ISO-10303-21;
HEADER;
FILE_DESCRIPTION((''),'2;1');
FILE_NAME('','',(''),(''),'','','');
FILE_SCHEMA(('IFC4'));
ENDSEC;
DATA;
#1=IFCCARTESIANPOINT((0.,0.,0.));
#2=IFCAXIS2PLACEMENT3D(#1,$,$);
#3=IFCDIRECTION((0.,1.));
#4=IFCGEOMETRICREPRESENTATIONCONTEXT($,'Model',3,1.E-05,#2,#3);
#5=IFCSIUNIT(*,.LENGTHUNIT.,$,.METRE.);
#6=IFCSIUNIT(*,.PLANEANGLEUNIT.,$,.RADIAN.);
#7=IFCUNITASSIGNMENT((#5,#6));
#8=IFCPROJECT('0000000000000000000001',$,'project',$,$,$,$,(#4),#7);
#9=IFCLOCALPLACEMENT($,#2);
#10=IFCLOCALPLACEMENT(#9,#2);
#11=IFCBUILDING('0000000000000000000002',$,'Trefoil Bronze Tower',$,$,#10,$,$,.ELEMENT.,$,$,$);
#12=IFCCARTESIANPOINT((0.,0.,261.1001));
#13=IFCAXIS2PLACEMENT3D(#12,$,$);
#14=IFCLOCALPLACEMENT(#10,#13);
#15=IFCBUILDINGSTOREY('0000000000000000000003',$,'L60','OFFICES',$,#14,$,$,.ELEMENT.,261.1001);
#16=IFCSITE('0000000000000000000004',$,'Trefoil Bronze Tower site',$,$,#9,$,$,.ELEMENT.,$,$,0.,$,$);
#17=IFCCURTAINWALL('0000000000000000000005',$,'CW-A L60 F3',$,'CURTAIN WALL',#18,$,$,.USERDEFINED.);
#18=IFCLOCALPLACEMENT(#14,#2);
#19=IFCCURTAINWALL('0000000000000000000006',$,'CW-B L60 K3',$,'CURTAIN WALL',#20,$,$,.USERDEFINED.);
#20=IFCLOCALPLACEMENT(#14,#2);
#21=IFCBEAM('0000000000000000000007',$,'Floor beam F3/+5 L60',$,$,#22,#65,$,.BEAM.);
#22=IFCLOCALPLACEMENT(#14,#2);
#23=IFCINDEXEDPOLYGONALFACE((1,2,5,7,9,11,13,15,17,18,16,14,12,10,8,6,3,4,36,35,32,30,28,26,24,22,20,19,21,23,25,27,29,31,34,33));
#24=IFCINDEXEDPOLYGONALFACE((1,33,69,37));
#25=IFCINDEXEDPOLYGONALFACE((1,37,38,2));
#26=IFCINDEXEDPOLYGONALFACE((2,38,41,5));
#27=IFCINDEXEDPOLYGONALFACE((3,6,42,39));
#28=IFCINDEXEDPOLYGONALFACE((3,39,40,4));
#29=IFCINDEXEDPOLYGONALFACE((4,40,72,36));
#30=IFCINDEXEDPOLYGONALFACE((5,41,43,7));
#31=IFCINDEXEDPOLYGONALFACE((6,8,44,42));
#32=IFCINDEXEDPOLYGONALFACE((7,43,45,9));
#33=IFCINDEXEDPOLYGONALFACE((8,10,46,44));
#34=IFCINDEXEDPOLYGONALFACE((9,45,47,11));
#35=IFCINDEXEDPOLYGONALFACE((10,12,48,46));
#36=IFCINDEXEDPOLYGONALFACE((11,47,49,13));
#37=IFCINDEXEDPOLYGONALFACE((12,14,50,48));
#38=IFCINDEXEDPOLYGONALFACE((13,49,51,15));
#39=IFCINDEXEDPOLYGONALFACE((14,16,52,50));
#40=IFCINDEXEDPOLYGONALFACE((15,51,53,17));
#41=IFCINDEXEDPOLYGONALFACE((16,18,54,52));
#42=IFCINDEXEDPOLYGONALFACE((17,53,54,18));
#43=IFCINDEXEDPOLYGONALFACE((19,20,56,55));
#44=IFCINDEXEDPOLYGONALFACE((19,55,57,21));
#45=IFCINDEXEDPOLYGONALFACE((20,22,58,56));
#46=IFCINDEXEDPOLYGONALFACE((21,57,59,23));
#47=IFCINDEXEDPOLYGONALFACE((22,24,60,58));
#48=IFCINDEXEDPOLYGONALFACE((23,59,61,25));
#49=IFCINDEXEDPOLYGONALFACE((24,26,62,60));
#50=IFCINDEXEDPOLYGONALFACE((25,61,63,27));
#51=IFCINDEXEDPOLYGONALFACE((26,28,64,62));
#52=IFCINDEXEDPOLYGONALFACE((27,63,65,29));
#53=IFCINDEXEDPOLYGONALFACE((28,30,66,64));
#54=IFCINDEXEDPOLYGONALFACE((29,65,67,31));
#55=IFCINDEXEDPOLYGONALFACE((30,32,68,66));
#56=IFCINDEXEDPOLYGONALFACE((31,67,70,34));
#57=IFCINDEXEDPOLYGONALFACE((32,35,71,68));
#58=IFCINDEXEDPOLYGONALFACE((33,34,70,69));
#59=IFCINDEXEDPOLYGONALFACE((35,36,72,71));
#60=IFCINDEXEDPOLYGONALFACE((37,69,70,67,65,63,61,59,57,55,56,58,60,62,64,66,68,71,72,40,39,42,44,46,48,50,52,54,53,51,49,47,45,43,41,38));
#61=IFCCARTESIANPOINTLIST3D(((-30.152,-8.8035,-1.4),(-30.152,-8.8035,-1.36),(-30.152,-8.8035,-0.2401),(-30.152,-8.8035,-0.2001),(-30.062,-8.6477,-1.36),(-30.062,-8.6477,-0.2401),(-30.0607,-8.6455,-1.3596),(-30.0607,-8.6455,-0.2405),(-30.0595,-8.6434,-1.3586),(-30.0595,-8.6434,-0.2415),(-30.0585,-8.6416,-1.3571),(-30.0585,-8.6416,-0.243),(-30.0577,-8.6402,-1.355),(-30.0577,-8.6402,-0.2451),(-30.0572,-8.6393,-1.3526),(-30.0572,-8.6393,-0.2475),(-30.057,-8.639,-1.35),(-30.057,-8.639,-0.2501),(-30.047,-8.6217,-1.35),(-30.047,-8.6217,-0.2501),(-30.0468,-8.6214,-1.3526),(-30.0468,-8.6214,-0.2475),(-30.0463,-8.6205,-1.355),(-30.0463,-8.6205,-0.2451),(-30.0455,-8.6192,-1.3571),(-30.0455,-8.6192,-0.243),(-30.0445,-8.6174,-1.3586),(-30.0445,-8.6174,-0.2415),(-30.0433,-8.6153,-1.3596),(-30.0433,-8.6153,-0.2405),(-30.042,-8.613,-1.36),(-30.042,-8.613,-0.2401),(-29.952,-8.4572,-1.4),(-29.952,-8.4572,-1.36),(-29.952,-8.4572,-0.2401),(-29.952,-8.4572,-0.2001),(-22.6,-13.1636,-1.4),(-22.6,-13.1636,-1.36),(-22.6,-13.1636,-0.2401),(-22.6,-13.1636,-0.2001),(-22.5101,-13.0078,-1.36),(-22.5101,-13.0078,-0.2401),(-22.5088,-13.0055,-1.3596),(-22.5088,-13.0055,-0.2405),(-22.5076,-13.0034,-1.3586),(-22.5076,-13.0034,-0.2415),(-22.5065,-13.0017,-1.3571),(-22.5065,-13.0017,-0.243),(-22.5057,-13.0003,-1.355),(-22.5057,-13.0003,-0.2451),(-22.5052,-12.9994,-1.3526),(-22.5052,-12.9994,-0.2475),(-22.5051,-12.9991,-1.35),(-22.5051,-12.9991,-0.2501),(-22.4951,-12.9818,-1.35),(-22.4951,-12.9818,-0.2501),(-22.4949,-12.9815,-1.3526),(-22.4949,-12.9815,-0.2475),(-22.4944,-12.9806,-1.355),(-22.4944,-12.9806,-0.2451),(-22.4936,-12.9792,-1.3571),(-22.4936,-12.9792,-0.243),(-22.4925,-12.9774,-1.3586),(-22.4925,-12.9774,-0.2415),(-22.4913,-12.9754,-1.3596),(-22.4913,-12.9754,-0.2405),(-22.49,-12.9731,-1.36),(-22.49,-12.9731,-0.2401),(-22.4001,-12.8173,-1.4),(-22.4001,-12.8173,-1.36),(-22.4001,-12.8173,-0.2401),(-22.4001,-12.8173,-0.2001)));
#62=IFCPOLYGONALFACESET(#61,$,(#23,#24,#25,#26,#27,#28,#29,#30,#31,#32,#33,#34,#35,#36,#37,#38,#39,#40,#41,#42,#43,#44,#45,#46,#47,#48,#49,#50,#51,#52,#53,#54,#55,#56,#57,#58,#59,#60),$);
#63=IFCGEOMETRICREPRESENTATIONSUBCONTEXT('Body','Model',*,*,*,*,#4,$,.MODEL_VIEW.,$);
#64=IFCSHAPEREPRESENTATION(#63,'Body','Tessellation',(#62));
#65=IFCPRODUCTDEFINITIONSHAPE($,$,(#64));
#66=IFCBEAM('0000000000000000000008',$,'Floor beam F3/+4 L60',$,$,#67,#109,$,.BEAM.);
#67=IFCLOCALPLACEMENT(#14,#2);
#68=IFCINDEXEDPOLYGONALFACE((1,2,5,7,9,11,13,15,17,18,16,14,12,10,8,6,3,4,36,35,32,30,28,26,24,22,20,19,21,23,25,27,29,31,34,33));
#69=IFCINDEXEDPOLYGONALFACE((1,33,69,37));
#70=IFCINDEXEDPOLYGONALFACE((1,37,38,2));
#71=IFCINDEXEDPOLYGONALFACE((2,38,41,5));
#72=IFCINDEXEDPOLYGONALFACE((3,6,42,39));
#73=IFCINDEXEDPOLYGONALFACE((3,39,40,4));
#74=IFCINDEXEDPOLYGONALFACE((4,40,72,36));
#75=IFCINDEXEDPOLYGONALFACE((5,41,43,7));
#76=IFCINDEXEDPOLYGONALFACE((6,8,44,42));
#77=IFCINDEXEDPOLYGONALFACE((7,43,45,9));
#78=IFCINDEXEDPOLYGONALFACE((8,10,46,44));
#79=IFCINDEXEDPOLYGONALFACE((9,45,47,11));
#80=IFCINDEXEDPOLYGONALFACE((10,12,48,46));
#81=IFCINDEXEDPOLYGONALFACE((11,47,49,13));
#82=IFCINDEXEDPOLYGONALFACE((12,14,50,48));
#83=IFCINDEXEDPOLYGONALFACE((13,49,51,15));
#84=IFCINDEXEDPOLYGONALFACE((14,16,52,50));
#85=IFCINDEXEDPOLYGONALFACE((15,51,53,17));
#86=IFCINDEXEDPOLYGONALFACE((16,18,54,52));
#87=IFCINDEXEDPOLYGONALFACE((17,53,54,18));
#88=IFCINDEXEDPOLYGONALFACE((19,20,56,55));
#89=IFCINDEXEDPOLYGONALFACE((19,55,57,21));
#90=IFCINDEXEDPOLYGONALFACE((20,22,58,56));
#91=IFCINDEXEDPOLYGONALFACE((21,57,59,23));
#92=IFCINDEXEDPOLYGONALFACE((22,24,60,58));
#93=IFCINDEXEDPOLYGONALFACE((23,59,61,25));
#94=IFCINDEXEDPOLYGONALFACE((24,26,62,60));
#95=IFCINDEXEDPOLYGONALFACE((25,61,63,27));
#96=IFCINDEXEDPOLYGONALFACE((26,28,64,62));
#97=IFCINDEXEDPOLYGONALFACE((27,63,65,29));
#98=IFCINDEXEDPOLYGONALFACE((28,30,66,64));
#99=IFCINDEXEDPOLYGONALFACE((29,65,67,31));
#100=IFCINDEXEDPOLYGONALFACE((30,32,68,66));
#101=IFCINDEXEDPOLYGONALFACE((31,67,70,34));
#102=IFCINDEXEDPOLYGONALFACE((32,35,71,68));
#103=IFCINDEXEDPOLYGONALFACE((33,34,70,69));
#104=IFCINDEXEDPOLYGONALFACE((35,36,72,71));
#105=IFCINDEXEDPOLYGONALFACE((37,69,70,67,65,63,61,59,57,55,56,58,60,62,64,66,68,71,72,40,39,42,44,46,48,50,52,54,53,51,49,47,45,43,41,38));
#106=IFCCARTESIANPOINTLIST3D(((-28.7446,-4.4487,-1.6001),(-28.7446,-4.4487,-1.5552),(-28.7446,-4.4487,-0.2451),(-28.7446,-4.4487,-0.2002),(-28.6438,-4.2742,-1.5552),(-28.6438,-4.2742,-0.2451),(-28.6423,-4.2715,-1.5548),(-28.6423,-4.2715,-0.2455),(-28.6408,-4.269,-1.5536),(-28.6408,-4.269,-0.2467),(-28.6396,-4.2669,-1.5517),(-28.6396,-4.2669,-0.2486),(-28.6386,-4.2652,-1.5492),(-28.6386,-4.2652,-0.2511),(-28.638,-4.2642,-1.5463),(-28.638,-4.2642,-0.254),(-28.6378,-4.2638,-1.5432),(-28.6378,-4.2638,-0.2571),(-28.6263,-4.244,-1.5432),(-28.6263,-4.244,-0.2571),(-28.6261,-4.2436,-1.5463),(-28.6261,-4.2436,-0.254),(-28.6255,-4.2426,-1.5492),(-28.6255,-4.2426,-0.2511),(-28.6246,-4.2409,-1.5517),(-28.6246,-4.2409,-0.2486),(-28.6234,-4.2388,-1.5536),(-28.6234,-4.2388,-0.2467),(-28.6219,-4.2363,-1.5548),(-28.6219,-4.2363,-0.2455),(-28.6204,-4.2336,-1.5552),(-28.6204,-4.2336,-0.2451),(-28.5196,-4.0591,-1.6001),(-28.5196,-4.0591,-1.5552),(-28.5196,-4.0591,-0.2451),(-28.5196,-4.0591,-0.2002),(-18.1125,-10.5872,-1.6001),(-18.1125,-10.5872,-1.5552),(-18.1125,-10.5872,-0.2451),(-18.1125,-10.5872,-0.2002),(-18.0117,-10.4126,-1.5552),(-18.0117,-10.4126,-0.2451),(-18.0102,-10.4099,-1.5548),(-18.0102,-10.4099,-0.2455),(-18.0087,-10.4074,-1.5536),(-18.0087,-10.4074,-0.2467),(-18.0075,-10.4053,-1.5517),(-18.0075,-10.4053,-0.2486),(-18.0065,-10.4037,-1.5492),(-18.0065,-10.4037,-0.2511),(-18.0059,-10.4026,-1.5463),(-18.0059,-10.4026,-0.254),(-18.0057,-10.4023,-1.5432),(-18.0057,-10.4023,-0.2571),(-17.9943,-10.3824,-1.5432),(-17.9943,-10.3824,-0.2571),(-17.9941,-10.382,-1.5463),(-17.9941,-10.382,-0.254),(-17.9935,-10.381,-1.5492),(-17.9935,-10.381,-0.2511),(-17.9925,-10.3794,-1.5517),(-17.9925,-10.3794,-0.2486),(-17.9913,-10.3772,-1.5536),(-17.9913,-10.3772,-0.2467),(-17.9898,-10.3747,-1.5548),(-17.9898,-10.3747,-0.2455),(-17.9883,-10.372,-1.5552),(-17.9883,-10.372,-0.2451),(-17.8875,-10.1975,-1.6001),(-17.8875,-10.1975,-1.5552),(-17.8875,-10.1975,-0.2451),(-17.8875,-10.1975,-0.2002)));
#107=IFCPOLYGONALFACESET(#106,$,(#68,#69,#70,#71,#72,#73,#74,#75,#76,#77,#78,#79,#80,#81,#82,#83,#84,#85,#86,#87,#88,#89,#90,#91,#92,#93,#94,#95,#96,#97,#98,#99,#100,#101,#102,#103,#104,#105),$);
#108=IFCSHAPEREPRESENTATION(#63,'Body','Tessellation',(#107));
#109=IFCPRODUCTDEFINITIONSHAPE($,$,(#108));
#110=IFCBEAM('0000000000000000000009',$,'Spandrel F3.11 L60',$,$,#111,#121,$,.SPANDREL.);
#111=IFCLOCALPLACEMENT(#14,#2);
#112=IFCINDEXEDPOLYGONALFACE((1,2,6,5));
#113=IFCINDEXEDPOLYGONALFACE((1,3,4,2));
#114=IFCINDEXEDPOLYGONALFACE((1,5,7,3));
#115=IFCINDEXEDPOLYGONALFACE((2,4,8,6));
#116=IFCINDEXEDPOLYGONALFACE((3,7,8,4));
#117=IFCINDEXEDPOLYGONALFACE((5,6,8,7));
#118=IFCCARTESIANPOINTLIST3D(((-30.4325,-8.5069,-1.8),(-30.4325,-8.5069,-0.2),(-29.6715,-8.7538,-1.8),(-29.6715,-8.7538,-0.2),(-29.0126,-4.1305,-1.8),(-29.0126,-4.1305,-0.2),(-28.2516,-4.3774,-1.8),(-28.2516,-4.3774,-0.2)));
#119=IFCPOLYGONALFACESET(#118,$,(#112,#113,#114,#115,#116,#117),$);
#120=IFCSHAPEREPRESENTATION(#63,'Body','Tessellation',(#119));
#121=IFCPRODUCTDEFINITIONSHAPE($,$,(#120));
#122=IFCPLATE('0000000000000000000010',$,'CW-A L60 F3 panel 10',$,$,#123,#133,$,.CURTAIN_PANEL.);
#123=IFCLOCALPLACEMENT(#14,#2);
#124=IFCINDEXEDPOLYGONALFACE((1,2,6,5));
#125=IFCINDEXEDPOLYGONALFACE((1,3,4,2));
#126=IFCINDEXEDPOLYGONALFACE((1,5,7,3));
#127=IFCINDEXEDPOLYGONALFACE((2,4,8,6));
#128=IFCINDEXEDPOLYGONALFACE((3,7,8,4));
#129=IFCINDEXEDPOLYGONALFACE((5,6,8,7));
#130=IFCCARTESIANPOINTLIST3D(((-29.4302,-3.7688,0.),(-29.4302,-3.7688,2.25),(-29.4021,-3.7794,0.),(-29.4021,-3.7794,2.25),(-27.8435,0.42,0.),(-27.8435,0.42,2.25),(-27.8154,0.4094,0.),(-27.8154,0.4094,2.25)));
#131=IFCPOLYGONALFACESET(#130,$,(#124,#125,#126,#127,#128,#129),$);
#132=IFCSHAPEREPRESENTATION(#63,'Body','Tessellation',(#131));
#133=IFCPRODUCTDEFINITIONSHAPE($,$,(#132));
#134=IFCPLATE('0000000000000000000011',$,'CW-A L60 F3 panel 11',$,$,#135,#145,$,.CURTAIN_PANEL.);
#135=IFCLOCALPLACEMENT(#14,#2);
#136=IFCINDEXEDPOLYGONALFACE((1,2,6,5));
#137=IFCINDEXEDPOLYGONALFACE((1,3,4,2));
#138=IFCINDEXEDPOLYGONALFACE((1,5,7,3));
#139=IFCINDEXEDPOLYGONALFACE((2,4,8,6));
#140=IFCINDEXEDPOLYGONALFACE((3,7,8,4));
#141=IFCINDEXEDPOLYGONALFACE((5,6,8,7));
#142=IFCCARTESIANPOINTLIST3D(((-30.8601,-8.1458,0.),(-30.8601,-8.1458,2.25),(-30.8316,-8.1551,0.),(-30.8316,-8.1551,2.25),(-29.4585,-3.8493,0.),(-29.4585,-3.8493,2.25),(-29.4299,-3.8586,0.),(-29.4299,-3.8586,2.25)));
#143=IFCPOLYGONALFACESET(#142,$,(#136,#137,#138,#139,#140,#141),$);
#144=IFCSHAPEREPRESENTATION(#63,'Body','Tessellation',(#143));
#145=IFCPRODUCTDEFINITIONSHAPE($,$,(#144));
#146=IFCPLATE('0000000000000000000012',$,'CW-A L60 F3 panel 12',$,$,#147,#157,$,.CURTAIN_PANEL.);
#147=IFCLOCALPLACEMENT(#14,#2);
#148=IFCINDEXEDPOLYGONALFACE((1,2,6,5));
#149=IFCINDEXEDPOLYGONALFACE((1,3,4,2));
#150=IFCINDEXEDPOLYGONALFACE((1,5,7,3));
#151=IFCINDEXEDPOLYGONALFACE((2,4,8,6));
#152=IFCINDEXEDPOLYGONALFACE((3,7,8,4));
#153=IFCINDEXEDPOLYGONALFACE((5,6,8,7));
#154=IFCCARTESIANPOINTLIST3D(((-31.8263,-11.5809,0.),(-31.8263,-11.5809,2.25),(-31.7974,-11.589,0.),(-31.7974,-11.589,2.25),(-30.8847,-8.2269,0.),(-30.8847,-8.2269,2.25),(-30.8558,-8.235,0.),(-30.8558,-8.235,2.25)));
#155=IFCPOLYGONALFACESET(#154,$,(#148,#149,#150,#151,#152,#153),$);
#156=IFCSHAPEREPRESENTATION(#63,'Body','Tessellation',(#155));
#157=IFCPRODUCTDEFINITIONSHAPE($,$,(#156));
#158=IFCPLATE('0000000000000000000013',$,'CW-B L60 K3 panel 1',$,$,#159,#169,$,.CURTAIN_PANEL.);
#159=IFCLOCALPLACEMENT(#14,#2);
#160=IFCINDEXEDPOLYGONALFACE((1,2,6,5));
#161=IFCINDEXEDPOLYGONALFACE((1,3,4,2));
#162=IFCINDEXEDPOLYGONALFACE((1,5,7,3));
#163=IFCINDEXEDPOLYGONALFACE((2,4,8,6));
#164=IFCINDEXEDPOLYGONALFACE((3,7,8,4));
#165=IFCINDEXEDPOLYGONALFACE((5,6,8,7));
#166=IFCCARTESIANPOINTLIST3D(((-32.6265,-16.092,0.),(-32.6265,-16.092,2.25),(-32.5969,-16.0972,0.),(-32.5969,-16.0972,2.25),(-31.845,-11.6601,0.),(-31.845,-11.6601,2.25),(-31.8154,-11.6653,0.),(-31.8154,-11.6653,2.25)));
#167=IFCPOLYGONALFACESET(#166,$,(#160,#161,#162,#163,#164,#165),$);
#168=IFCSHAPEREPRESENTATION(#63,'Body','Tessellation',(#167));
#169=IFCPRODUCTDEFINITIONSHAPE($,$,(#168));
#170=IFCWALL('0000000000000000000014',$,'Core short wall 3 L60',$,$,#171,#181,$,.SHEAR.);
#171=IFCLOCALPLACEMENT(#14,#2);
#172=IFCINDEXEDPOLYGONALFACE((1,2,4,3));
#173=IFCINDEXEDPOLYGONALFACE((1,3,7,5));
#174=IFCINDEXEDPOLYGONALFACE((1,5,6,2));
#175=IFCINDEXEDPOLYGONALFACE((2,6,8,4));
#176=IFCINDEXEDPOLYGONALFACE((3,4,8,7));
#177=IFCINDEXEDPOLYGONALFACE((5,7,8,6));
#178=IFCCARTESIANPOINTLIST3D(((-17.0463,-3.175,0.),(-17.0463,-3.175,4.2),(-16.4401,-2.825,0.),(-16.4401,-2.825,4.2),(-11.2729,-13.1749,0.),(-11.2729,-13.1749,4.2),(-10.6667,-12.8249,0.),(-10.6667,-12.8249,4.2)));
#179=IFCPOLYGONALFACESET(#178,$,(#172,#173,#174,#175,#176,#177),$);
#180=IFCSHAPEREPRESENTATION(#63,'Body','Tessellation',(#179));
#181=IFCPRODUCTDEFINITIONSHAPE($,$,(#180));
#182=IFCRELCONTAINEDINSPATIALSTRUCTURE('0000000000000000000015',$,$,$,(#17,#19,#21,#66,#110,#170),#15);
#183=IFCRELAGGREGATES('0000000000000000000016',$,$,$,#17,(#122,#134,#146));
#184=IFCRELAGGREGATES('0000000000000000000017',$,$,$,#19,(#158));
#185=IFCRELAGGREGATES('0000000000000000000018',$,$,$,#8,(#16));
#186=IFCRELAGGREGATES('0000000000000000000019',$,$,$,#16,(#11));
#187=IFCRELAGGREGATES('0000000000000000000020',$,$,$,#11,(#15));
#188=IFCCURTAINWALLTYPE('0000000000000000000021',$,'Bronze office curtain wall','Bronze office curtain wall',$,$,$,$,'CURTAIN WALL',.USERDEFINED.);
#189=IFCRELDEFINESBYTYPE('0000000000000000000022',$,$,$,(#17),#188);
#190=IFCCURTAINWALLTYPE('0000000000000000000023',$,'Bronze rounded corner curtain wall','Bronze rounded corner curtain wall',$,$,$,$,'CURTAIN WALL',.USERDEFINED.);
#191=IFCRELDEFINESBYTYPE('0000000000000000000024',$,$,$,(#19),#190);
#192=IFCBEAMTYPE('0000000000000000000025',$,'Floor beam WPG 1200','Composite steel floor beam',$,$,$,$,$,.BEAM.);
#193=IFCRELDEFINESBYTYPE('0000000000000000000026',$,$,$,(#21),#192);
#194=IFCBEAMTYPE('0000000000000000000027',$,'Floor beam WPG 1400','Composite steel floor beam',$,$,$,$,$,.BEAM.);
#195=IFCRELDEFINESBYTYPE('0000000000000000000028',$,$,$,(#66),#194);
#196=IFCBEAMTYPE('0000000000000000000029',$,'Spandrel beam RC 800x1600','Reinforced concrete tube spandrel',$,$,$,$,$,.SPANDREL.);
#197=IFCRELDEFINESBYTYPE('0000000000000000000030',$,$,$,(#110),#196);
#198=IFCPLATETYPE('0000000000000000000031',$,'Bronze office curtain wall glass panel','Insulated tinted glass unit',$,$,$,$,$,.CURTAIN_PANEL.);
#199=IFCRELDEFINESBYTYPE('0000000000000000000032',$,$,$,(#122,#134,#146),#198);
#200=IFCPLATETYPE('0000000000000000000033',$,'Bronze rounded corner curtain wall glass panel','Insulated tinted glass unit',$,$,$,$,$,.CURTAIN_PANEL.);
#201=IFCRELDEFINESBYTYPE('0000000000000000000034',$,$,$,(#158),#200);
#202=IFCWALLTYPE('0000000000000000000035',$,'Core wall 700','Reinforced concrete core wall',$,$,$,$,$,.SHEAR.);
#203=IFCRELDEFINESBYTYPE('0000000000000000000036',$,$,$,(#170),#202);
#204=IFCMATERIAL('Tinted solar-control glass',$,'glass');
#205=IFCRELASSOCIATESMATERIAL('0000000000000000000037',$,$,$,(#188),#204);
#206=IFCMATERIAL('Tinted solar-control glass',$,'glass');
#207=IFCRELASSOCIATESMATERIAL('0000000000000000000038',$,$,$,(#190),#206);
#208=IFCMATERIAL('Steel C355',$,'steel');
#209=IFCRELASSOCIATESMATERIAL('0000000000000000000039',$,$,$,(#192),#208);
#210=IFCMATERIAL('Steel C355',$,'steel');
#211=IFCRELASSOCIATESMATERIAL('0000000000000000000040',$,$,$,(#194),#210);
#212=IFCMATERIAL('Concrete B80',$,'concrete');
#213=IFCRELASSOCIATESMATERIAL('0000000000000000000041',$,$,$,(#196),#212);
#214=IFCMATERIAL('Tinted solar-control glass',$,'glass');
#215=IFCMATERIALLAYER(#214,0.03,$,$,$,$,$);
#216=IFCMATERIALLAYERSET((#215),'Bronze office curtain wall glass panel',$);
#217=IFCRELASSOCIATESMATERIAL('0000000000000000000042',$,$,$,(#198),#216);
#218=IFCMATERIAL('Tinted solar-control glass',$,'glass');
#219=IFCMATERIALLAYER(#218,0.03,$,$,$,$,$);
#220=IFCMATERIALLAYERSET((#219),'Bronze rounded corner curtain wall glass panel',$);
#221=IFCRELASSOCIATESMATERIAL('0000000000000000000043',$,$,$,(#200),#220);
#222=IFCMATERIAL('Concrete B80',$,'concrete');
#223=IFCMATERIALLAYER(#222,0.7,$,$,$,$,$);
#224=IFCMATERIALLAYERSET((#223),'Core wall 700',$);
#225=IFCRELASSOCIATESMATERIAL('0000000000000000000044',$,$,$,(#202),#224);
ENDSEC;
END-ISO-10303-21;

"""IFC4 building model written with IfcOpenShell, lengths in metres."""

from ifc_helpers import new_model, si_unit, direction, frame, frame_2d, origin, origin_2d, place, context, subcontext, project, spatial, rectangle, i_section, extrude, material, layer, layer_set, material_profile, profile_set, type_object, element, aggregate, save


model = new_model("IFC4")

# Units and contexts
model_context = context("Model", 3, precision=1e-05, world=origin(), true_north=direction((0.0, 1.0)))
body_context = subcontext(model_context, "Body", "Model", "MODEL_VIEW")
ifc_project = project(units=[si_unit("LENGTHUNIT", "METRE"), si_unit("PLANEANGLEUNIT", "RADIAN")], contexts=[model_context])

# Site, building, storey
site_placement = place(None, origin())
site = spatial("IfcSite", under=ifc_project, at=site_placement, Name="Trefoil Bronze Tower site", CompositionType="ELEMENT", RefElevation=0.0)
building_placement = place(site_placement, origin())
building = spatial("IfcBuilding", under=site, at=building_placement, Name="Trefoil Bronze Tower", CompositionType="ELEMENT")
storey_placement = place(building_placement, frame((0.0, 0.0, 261.1001)))
storey = spatial("IfcBuildingStorey", under=building, at=storey_placement, Name="L60", Description="OFFICES", CompositionType="ELEMENT", Elevation=261.1001)

# Curtain walls
ifc_material_1 = material(Name="Tinted solar-control glass", Category="glass")
curtain_wall_type_1 = type_object("IfcCurtainWallType", Name="Bronze office curtain wall", Description="Bronze office curtain wall", ElementType="CURTAIN WALL", PredefinedType="USERDEFINED", material=ifc_material_1)
curtain_wall_1_placement = place(storey_placement, origin())
curtain_wall_1 = element("IfcCurtainWall", 1, at=curtain_wall_1_placement, inside=storey, type_object=curtain_wall_type_1, Name="CW-A L60 F3", ObjectType="CURTAIN WALL", PredefinedType="USERDEFINED")
ifc_material_2 = material(Name="Tinted solar-control glass", Category="glass")
curtain_wall_type_2 = type_object("IfcCurtainWallType", Name="Bronze rounded corner curtain wall", Description="Bronze rounded corner curtain wall", ElementType="CURTAIN WALL", PredefinedType="USERDEFINED", material=ifc_material_2)
curtain_wall_2_placement = place(storey_placement, origin())
curtain_wall_2 = element("IfcCurtainWall", 2, at=curtain_wall_2_placement, inside=storey, type_object=curtain_wall_type_2, Name="CW-B L60 K3", ObjectType="CURTAIN WALL", PredefinedType="USERDEFINED")

# Beams
ifc_material_3 = material(Name="Steel C355", Category="steel")
ifc_material_profile_1 = material_profile(ifc_material_3, i_section(OverallWidth=0.3999, OverallDepth=1.2, WebThickness=0.02, FlangeThickness=0.04, FilletRadius=0.01, at=origin_2d()), Name="WPG 1200")
ifc_profile_set_1 = profile_set([ifc_material_profile_1], Name="Steel C355")
beam_type_1 = type_object("IfcBeamType", Name="Floor beam WPG 1200", Description="Composite steel floor beam", PredefinedType="BEAM", material=ifc_profile_set_1)
beam_1_placement = place(storey_placement, frame((-30.052, -8.6304, -0.8), z_axis=(0.866028, -0.499996, 0.0), x_axis=(0.499996, 0.866028, 0.0)))
element("IfcBeam", 3, at=beam_1_placement, inside=storey, type_object=beam_type_1, Name="Floor beam F3/+5 L60", PredefinedType="BEAM", context=body_context, shape_type="SweptSolid", body=[
    extrude(i_section(OverallWidth=0.3999, OverallDepth=1.2, WebThickness=0.02, FlangeThickness=0.04, FilletRadius=0.01, at=origin_2d()), origin(), (0.0, 0.0, 1.0), 8.7202),
])
ifc_material_4 = material(Name="Steel C355", Category="steel")
ifc_material_profile_2 = material_profile(ifc_material_4, i_section(OverallWidth=0.45, OverallDepth=1.3999, WebThickness=0.0229, FlangeThickness=0.0449, FilletRadius=0.012, at=origin_2d()), Name="WPG 1400")
ifc_profile_set_2 = profile_set([ifc_material_profile_2], Name="Steel C355")
beam_type_2 = type_object("IfcBeamType", Name="Floor beam WPG 1400", Description="Composite steel floor beam", PredefinedType="BEAM", material=ifc_profile_set_2)
beam_2_placement = place(storey_placement, frame((-28.6321, -4.2539, -0.9001), z_axis=(0.866026, -0.5, 0.0), x_axis=(0.5, 0.866026, 0.0)))
element("IfcBeam", 4, at=beam_2_placement, inside=storey, type_object=beam_type_2, Name="Floor beam F3/+4 L60", PredefinedType="BEAM", context=body_context, shape_type="SweptSolid", body=[
    extrude(i_section(OverallWidth=0.45, OverallDepth=1.3999, WebThickness=0.0229, FlangeThickness=0.0449, FilletRadius=0.012, at=origin_2d()), origin(), (0.0, 0.0, 1.0), 12.2769),
])
ifc_material_5 = material(Name="Concrete B80", Category="concrete")
ifc_material_profile_3 = material_profile(ifc_material_5, rectangle(XDim=0.8, YDim=1.6001, at=origin_2d()), Name="RC 800x1600")
ifc_profile_set_3 = profile_set([ifc_material_profile_3], Name="Concrete B80")
beam_type_3 = type_object("IfcBeamType", Name="Spandrel beam RC 800x1600", Description="Reinforced concrete tube spandrel", PredefinedType="SPANDREL", material=ifc_profile_set_3)
beam_3_placement = place(storey_placement, frame((-28.6321, -4.2539, -1.0), z_axis=(-0.308609, -0.951189, 0.0), x_axis=(0.951189, -0.308609, 0.0)))
element("IfcBeam", 5, at=beam_3_placement, inside=storey, type_object=beam_type_3, Name="Spandrel F3.11 L60", PredefinedType="SPANDREL", context=body_context, shape_type="SweptSolid", body=[
    extrude(rectangle(XDim=0.8, YDim=1.6001, at=origin_2d()), origin(), (0.0, 0.0, 1.0), 4.6011),
])

# Plates
ifc_material_6 = material(Name="Tinted solar-control glass", Category="glass")
ifc_layer_1 = layer(ifc_material_6, 0.03)
ifc_layer_set_1 = layer_set([ifc_layer_1], Name="Bronze office curtain wall glass panel")
plate_type_1 = type_object("IfcPlateType", Name="Bronze office curtain wall glass panel", Description="Insulated tinted glass unit", PredefinedType="CURTAIN_PANEL", material=ifc_layer_set_1)
plate_1_placement = place(storey_placement, frame((-28.6228, -1.6797, 0.0), z_axis=(0.0, 0.0, 1.0), x_axis=(-0.354234, -0.935157, 0.0)))
plate_1 = element("IfcPlate", 6, at=plate_1_placement, type_object=plate_type_1, Name="CW-A L60 F3 panel 10", PredefinedType="CURTAIN_PANEL", context=body_context, shape_type="SweptSolid", body=[
    extrude(rectangle(XDim=4.4792, YDim=0.03, at=origin_2d()), origin(), (0.0, 0.0, 1.0), 2.25),
])
plate_2_placement = place(storey_placement, frame((-30.145, -6.0022, 0.0), z_axis=(0.0, 0.0, 1.0), x_axis=(-0.310149, -0.950688, 0.0)))
plate_2 = element("IfcPlate", 7, at=plate_2_placement, type_object=plate_type_1, Name="CW-A L60 F3 panel 11", PredefinedType="CURTAIN_PANEL", context=body_context, shape_type="SweptSolid", body=[
    extrude(rectangle(XDim=4.5193, YDim=0.03, at=origin_2d()), origin(), (0.0, 0.0, 1.0), 2.25),
])
plate_3_placement = place(storey_placement, frame((-31.3411, -9.908, 0.0), z_axis=(0.0, 0.0, 1.0), x_axis=(-0.270282, -0.962781, 0.0)))
plate_3 = element("IfcPlate", 8, at=plate_3_placement, type_object=plate_type_1, Name="CW-A L60 F3 panel 12", PredefinedType="CURTAIN_PANEL", context=body_context, shape_type="SweptSolid", body=[
    extrude(rectangle(XDim=3.4836, YDim=0.03, at=origin_2d()), origin(), (0.0, 0.0, 1.0), 2.25),
])
aggregate(curtain_wall_1, [plate_1, plate_2, plate_3])
ifc_material_7 = material(Name="Tinted solar-control glass", Category="glass")
ifc_layer_2 = layer(ifc_material_7, 0.03)
ifc_layer_set_2 = layer_set([ifc_layer_2], Name="Bronze rounded corner curtain wall glass panel")
plate_type_2 = type_object("IfcPlateType", Name="Bronze rounded corner curtain wall glass panel", Description="Insulated tinted glass unit", PredefinedType="CURTAIN_PANEL", material=ifc_layer_set_2)
plate_4_placement = place(storey_placement, frame((-32.2209, -13.8787, 0.0), z_axis=(0.0, 0.0, 1.0), x_axis=(-0.173648, -0.984808, 0.0)))
plate_4 = element("IfcPlate", 9, at=plate_4_placement, type_object=plate_type_2, Name="CW-B L60 K3 panel 1", PredefinedType="CURTAIN_PANEL", context=body_context, shape_type="SweptSolid", body=[
    extrude(rectangle(XDim=4.5002, YDim=0.03, at=origin_2d()), origin(), (0.0, 0.0, 1.0), 2.25),
])
aggregate(curtain_wall_2, [plate_4])

# Wall
ifc_material_8 = material(Name="Concrete B80", Category="concrete")
ifc_layer_3 = layer(ifc_material_8, 0.7)
ifc_layer_set_3 = layer_set([ifc_layer_3], Name="Core wall 700")
wall_type_1 = type_object("IfcWallType", Name="Core wall 700", Description="Reinforced concrete core wall", PredefinedType="SHEAR", material=ifc_layer_set_3)
wall_1_placement = place(storey_placement, frame((-16.7432, -3.0, 0.0), z_axis=(0.0, 0.0, 1.0), x_axis=(0.499996, -0.866028, 0.0)))
element("IfcWall", 10, at=wall_1_placement, inside=storey, type_object=wall_type_1, Name="Core short wall 3 L60", PredefinedType="SHEAR", context=body_context, shape_type="SweptSolid", body=[
    extrude(rectangle(XDim=11.5469, YDim=0.7, at=frame_2d((5.7734, 0.0))), origin(), (0.0, 0.0, 1.0), 4.2),
])

save(model, "model.ifc")
